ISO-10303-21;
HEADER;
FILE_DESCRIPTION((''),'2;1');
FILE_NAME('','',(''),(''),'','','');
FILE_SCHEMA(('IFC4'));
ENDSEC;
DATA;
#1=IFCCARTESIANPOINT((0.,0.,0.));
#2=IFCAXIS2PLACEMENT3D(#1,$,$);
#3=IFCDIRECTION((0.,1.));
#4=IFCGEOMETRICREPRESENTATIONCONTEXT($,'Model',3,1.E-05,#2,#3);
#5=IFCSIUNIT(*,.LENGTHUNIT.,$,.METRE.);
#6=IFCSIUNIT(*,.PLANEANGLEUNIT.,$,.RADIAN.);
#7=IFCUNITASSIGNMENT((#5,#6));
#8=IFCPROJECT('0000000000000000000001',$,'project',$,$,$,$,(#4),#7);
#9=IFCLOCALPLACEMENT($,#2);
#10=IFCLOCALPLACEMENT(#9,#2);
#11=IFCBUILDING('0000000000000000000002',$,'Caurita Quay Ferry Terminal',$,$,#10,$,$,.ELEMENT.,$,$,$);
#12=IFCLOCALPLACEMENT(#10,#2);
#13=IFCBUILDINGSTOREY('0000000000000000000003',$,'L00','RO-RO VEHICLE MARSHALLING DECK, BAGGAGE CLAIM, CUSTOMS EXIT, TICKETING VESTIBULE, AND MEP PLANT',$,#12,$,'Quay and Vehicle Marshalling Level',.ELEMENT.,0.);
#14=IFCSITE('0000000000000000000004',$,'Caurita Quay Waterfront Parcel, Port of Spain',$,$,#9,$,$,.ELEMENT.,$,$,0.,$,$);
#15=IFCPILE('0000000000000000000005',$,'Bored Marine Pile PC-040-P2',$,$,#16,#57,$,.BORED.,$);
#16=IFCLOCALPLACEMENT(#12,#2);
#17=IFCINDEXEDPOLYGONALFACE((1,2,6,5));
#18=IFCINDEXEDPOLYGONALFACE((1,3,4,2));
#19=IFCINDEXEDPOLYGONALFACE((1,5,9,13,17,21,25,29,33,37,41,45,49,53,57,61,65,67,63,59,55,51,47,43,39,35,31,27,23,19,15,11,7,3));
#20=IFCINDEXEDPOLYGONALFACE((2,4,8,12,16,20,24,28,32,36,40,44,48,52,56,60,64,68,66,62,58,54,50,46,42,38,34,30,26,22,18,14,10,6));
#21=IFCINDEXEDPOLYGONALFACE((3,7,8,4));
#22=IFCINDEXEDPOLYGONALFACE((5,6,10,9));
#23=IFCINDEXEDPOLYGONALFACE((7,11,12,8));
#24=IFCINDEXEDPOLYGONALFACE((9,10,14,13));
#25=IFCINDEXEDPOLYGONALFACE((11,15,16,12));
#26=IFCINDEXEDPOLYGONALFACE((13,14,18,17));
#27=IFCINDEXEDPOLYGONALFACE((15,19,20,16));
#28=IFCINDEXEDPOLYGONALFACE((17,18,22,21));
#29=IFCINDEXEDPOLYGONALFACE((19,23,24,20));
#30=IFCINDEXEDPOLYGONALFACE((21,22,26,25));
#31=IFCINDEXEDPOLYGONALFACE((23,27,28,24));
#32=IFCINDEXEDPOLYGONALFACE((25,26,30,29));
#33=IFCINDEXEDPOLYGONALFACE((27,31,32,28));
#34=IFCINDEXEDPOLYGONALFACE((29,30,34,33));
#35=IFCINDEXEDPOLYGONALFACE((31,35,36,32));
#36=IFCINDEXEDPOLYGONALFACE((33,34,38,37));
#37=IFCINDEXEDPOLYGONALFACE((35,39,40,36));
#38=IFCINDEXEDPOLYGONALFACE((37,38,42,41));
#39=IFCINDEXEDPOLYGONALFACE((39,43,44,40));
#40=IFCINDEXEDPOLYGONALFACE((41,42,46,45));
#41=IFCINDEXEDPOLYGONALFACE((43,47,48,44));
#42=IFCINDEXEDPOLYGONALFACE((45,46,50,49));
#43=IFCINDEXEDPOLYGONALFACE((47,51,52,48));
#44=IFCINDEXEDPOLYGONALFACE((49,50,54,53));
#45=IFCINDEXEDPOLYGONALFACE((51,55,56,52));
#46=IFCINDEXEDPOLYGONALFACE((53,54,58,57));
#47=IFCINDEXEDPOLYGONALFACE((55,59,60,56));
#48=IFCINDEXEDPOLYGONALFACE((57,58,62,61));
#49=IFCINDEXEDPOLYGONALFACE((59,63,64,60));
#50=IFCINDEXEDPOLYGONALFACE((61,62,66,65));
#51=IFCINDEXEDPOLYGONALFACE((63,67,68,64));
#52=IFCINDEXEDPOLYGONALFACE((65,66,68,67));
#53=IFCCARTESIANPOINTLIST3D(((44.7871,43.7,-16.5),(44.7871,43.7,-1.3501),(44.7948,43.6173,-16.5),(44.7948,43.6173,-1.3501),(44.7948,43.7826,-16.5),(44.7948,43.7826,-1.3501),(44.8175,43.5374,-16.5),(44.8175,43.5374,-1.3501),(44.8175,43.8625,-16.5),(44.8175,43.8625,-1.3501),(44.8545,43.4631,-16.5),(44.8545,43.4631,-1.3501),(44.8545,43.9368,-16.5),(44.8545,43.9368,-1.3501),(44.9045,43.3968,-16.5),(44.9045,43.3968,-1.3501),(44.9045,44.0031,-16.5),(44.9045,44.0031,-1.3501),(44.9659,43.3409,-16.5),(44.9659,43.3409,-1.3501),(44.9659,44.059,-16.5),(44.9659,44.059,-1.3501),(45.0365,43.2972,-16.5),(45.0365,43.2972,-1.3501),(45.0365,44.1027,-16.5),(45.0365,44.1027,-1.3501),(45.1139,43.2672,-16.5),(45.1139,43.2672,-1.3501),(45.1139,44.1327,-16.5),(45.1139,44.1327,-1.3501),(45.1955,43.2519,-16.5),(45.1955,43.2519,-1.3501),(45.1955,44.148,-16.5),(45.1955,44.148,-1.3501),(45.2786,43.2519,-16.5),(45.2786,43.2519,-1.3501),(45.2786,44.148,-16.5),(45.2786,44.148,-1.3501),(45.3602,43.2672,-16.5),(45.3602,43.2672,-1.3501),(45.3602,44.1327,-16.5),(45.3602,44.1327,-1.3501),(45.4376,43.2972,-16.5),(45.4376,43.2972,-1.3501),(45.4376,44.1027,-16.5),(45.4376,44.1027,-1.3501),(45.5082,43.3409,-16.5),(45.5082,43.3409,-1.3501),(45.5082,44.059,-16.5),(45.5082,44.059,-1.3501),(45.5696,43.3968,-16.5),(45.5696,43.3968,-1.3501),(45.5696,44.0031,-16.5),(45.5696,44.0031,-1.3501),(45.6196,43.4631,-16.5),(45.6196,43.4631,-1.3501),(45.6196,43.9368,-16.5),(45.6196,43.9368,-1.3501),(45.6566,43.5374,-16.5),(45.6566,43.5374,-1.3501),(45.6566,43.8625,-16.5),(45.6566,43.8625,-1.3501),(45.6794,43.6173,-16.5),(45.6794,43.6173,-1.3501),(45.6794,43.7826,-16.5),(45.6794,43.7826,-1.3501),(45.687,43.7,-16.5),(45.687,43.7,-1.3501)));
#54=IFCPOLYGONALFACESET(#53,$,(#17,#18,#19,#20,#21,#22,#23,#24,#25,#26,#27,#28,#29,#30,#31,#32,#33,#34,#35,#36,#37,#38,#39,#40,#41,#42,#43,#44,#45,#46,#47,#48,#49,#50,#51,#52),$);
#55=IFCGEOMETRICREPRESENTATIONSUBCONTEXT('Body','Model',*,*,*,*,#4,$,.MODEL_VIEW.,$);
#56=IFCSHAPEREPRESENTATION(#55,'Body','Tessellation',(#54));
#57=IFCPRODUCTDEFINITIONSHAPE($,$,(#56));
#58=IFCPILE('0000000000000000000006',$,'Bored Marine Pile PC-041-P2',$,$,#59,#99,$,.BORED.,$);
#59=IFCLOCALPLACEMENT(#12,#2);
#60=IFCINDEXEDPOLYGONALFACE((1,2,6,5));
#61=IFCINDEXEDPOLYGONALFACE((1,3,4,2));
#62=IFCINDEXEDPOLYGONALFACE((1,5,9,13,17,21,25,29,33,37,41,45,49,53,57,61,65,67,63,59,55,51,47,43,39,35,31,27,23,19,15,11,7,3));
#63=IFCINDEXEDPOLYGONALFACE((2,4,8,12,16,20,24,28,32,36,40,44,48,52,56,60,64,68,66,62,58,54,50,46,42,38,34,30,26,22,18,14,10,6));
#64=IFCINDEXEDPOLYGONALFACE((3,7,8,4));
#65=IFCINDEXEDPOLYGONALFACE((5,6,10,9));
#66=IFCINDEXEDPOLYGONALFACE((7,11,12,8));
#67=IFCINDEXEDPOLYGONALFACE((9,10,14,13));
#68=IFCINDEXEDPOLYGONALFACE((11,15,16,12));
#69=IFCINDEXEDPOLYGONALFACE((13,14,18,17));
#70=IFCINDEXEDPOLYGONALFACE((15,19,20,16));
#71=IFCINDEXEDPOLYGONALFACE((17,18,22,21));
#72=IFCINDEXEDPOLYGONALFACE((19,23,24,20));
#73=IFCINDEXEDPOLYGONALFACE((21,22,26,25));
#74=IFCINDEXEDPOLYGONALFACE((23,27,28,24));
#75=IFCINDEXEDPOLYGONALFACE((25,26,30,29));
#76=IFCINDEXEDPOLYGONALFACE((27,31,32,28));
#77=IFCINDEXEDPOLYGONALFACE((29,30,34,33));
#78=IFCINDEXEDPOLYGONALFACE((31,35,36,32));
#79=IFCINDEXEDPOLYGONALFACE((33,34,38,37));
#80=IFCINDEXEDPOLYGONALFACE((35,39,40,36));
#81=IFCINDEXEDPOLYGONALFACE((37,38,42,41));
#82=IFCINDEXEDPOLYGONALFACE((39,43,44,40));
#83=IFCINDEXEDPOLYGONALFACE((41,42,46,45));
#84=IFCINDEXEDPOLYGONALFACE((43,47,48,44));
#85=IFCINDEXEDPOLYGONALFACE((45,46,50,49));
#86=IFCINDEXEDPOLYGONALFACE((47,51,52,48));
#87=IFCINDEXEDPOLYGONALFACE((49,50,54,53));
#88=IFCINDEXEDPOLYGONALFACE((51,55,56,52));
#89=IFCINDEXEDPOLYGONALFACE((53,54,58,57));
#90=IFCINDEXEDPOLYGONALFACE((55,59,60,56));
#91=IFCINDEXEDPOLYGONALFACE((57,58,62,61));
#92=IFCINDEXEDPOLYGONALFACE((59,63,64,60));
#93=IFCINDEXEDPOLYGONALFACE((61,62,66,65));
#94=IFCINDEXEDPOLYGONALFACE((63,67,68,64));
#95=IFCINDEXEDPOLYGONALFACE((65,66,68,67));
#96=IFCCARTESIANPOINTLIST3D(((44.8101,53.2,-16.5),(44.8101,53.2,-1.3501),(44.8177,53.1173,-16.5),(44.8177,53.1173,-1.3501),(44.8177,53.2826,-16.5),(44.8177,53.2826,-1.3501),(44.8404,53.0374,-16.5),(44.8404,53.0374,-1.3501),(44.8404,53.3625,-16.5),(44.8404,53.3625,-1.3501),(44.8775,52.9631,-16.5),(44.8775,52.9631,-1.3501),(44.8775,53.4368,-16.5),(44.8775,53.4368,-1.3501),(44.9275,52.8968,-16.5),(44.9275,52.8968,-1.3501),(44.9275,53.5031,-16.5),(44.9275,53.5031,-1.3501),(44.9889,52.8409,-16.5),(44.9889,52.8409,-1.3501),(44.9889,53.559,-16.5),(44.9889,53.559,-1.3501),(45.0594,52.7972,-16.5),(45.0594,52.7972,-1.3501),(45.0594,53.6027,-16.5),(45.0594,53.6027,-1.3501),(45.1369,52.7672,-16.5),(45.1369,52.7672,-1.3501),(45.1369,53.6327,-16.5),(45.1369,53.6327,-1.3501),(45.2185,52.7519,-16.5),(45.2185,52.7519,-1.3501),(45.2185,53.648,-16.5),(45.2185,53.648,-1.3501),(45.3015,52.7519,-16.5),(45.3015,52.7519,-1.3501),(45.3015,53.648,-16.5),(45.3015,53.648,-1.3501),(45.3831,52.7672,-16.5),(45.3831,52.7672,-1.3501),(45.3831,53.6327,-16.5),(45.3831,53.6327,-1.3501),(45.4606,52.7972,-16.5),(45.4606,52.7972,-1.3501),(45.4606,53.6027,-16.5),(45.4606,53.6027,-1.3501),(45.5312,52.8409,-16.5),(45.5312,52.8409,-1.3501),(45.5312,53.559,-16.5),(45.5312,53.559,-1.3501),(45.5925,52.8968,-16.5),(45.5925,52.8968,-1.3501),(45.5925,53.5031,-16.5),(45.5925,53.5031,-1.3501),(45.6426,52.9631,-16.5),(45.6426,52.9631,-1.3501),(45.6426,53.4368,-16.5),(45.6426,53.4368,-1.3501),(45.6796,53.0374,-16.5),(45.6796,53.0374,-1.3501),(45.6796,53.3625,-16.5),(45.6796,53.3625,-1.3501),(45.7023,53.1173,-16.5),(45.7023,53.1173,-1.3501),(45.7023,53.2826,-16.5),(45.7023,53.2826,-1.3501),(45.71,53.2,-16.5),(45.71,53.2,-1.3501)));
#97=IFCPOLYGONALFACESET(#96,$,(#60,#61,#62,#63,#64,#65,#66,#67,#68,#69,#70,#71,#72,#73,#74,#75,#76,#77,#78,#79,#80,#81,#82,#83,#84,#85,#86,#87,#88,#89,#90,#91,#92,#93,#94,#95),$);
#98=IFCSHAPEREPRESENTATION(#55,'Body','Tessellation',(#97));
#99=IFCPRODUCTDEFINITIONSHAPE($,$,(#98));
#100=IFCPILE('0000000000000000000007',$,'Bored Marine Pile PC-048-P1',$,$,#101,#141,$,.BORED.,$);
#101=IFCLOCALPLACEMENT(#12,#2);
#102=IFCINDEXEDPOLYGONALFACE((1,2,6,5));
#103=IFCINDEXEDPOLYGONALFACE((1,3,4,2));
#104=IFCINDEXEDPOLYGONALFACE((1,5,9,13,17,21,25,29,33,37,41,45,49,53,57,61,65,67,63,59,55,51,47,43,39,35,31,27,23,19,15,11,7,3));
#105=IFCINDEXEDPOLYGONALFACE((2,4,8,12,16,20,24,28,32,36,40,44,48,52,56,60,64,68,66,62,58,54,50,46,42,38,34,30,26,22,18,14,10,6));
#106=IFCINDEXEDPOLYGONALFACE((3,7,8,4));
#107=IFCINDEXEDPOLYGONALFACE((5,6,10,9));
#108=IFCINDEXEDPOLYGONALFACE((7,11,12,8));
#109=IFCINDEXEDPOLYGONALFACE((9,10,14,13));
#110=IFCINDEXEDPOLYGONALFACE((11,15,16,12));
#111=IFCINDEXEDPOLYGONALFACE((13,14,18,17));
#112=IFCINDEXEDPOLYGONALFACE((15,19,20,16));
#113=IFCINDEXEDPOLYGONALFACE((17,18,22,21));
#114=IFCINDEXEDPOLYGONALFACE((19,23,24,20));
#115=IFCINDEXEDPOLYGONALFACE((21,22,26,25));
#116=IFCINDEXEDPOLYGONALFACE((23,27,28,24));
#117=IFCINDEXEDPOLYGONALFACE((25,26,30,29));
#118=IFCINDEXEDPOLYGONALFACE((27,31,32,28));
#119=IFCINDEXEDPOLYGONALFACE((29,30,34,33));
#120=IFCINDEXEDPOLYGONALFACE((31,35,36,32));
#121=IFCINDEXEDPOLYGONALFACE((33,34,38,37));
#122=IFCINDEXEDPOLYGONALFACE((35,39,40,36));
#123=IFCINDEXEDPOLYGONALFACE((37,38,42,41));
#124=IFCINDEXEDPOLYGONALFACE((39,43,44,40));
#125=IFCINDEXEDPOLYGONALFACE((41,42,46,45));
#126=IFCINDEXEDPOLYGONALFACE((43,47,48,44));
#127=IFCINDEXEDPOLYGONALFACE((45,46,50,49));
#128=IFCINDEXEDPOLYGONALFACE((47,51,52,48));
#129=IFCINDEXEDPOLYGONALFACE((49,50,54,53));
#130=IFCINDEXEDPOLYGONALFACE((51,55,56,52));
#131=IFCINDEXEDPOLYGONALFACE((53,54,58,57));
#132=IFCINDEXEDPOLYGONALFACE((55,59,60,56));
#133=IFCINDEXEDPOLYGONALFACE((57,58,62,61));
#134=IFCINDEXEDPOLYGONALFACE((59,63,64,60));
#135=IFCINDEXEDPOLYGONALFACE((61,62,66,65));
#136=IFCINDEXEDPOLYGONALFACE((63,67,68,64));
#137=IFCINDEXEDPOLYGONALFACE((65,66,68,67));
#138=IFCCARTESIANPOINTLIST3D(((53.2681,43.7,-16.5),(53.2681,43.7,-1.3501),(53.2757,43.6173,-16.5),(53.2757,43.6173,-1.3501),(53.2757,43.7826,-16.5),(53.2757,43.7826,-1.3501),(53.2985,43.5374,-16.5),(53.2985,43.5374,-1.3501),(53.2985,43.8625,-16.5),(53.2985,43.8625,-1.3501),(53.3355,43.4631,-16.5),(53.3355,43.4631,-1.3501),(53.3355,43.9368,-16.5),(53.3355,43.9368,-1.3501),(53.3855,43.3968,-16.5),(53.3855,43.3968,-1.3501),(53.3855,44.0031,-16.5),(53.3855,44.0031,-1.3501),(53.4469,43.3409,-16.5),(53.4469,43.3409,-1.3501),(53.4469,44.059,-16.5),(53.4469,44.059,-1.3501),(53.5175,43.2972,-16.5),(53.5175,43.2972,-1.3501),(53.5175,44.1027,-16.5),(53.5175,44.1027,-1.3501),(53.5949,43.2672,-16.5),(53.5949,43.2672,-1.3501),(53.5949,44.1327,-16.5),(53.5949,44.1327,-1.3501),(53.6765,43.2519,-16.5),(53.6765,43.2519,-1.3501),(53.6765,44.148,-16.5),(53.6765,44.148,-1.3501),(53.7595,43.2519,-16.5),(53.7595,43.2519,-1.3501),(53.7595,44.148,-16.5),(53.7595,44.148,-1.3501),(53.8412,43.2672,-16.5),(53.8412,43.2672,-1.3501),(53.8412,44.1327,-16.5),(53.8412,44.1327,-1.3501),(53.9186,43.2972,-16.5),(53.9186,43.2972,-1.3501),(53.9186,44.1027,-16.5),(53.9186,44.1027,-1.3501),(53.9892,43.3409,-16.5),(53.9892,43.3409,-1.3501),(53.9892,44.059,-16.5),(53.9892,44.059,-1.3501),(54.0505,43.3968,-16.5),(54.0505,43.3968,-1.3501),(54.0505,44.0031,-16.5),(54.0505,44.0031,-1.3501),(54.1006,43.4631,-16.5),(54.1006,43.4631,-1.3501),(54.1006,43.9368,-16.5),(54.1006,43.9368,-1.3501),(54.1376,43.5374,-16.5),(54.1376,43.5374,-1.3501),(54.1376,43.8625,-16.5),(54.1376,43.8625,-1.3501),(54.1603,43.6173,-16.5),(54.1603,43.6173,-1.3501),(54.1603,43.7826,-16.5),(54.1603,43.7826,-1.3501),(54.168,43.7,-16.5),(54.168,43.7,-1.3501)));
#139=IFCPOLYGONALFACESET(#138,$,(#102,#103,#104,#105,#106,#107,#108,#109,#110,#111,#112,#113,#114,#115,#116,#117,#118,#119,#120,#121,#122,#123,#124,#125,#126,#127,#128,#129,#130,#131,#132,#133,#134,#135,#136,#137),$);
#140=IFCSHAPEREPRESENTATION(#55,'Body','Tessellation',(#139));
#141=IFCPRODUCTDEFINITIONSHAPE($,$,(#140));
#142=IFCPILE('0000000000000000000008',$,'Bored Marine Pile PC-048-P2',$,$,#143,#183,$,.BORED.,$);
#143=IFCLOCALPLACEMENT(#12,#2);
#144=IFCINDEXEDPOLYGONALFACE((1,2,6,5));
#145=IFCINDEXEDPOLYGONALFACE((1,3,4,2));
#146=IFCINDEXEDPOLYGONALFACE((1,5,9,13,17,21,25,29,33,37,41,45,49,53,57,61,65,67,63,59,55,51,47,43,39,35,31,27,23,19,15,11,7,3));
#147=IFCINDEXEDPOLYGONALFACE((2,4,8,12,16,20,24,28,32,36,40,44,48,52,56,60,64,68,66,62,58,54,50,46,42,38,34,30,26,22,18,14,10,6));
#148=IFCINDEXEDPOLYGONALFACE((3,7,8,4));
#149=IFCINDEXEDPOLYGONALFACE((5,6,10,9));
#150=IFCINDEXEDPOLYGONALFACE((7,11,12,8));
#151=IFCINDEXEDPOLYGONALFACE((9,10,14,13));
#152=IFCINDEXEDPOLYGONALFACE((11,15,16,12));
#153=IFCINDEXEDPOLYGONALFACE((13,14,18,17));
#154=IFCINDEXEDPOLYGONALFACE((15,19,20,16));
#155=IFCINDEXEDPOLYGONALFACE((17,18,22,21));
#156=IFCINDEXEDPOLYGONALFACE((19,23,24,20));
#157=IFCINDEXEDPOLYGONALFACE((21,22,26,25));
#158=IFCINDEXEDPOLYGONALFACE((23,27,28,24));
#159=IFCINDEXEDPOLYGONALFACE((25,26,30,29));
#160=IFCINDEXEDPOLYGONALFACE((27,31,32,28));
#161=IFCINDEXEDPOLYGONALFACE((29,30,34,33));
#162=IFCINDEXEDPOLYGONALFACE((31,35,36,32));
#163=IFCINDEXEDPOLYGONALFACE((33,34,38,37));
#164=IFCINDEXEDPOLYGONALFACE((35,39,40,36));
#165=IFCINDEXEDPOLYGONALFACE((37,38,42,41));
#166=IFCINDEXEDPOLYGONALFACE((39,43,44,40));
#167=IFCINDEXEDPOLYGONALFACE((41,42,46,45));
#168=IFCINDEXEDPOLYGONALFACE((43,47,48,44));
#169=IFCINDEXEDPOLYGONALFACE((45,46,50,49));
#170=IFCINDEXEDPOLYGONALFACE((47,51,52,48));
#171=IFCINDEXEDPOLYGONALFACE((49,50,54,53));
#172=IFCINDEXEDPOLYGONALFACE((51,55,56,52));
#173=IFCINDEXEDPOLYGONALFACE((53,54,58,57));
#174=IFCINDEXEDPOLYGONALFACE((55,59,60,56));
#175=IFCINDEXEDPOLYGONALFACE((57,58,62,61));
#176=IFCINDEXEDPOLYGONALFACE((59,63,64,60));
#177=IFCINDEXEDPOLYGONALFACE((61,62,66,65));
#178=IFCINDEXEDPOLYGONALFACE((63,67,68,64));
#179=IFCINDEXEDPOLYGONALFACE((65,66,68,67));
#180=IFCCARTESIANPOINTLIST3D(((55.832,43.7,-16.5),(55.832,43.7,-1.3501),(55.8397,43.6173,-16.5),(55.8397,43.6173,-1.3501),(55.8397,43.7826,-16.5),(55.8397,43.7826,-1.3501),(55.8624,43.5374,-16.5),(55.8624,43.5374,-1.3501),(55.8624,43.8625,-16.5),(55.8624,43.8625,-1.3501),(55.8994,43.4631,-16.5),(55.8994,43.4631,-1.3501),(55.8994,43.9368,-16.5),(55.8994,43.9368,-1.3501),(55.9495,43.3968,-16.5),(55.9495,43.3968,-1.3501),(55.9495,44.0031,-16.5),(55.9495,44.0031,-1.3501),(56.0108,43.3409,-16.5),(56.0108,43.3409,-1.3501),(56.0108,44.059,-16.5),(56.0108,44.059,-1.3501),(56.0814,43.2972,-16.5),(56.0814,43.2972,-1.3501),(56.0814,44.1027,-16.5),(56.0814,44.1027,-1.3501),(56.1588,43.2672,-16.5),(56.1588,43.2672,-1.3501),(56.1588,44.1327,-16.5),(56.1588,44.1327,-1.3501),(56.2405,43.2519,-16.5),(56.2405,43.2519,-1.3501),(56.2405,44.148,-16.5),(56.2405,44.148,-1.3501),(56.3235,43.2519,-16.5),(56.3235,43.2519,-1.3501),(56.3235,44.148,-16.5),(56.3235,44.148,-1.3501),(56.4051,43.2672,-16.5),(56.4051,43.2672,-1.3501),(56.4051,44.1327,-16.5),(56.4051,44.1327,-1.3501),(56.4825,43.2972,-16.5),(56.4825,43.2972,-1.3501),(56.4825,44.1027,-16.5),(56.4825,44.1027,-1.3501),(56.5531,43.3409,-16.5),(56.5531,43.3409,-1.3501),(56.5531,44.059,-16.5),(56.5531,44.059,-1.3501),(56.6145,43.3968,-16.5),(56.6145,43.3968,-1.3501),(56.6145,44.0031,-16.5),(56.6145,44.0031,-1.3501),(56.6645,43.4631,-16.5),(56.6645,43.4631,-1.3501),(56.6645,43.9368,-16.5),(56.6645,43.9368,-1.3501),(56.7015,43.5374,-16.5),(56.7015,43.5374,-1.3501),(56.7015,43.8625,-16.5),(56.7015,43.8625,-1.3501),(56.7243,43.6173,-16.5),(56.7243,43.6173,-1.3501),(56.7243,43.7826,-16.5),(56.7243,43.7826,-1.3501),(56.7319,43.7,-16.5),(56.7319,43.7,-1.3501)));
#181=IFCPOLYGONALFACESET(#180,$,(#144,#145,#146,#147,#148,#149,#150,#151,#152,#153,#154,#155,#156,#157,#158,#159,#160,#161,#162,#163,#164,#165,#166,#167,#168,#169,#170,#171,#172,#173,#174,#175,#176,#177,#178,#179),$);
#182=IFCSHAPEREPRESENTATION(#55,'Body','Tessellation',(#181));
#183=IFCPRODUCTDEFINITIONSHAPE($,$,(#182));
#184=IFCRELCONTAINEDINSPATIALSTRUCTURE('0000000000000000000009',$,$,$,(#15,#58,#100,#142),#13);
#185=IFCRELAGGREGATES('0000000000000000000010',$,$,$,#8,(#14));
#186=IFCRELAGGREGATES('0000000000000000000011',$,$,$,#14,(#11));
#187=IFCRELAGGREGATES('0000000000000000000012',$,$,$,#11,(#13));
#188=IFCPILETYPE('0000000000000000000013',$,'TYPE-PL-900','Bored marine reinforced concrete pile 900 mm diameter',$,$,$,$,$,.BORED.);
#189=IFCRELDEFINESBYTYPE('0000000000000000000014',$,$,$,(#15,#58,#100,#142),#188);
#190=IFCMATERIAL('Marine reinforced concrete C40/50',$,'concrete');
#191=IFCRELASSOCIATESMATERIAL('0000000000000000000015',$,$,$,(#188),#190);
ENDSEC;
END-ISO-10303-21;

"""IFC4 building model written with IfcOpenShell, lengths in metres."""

from ifc_helpers import new_model, si_unit, direction, frame, origin, origin_2d, place, context, subcontext, project, spatial, circle, extrude, material, material_profile, profile_set, type_object, element, save


model = new_model("IFC4")

# Units and contexts
model_context = context("Model", 3, precision=1e-05, world=origin(), true_north=direction((0.0, 1.0)))
body_context = subcontext(model_context, "Body", "Model", "MODEL_VIEW")
ifc_project = project(units=[si_unit("LENGTHUNIT", "METRE"), si_unit("PLANEANGLEUNIT", "RADIAN")], contexts=[model_context])

# Site, building, storey
site_placement = place(None, origin())
site = spatial("IfcSite", under=ifc_project, at=site_placement, Name="Caurita Quay Waterfront Parcel, Port of Spain", CompositionType="ELEMENT", RefElevation=0.0)
building_placement = place(site_placement, origin())
building = spatial("IfcBuilding", under=site, at=building_placement, Name="Caurita Quay Ferry Terminal", CompositionType="ELEMENT")
storey_placement = place(building_placement, origin())
storey = spatial("IfcBuildingStorey", under=building, at=storey_placement, Name="L00", Description="RO-RO VEHICLE MARSHALLING DECK, BAGGAGE CLAIM, CUSTOMS EXIT, TICKETING VESTIBULE, AND MEP PLANT", LongName="Quay and Vehicle Marshalling Level", CompositionType="ELEMENT", Elevation=0.0)

# Piles
ifc_material_1 = material(Name="Marine reinforced concrete C40/50", Category="concrete")
ifc_material_profile_1 = material_profile(ifc_material_1, circle(Radius=0.45, at=origin_2d()), Name="PILE-D900")
ifc_profile_set_1 = profile_set([ifc_material_profile_1], Name="Marine reinforced concrete C40/50")
pile_type_1 = type_object("IfcPileType", Name="TYPE-PL-900", Description="Bored marine reinforced concrete pile 900 mm diameter", PredefinedType="BORED", material=ifc_profile_set_1)
for number, where, z_axis, x_axis, name in (
    (1, (45.2371, 43.7, -1.3501), (0.0, 0.0, -1.0), (1.0, 0.0, 0.0), "Bored Marine Pile PC-040-P2"),
    (2, (45.26, 53.2, -1.3501), (0.0, 0.0, -1.0), (1.0, 0.0, 0.0), "Bored Marine Pile PC-041-P2"),
    (3, (53.718, 43.7, -1.3501), (0.0, 0.0, -1.0), (1.0, 0.0, 0.0), "Bored Marine Pile PC-048-P1"),
    (4, (56.282, 43.7, -1.3501), (0.0, 0.0, -1.0), (1.0, 0.0, 0.0), "Bored Marine Pile PC-048-P2"),
):
    element("IfcPile", number, at=place(storey_placement, frame(where, z_axis=z_axis, x_axis=x_axis)), inside=storey, type_object=pile_type_1, Name=name, PredefinedType="BORED", context=body_context, shape_type="SweptSolid", body=[
        extrude(circle(Radius=0.45, at=origin_2d()), origin(), (0.0, 0.0, 1.0), 15.1499),
    ])

save(model, "model.ifc")
